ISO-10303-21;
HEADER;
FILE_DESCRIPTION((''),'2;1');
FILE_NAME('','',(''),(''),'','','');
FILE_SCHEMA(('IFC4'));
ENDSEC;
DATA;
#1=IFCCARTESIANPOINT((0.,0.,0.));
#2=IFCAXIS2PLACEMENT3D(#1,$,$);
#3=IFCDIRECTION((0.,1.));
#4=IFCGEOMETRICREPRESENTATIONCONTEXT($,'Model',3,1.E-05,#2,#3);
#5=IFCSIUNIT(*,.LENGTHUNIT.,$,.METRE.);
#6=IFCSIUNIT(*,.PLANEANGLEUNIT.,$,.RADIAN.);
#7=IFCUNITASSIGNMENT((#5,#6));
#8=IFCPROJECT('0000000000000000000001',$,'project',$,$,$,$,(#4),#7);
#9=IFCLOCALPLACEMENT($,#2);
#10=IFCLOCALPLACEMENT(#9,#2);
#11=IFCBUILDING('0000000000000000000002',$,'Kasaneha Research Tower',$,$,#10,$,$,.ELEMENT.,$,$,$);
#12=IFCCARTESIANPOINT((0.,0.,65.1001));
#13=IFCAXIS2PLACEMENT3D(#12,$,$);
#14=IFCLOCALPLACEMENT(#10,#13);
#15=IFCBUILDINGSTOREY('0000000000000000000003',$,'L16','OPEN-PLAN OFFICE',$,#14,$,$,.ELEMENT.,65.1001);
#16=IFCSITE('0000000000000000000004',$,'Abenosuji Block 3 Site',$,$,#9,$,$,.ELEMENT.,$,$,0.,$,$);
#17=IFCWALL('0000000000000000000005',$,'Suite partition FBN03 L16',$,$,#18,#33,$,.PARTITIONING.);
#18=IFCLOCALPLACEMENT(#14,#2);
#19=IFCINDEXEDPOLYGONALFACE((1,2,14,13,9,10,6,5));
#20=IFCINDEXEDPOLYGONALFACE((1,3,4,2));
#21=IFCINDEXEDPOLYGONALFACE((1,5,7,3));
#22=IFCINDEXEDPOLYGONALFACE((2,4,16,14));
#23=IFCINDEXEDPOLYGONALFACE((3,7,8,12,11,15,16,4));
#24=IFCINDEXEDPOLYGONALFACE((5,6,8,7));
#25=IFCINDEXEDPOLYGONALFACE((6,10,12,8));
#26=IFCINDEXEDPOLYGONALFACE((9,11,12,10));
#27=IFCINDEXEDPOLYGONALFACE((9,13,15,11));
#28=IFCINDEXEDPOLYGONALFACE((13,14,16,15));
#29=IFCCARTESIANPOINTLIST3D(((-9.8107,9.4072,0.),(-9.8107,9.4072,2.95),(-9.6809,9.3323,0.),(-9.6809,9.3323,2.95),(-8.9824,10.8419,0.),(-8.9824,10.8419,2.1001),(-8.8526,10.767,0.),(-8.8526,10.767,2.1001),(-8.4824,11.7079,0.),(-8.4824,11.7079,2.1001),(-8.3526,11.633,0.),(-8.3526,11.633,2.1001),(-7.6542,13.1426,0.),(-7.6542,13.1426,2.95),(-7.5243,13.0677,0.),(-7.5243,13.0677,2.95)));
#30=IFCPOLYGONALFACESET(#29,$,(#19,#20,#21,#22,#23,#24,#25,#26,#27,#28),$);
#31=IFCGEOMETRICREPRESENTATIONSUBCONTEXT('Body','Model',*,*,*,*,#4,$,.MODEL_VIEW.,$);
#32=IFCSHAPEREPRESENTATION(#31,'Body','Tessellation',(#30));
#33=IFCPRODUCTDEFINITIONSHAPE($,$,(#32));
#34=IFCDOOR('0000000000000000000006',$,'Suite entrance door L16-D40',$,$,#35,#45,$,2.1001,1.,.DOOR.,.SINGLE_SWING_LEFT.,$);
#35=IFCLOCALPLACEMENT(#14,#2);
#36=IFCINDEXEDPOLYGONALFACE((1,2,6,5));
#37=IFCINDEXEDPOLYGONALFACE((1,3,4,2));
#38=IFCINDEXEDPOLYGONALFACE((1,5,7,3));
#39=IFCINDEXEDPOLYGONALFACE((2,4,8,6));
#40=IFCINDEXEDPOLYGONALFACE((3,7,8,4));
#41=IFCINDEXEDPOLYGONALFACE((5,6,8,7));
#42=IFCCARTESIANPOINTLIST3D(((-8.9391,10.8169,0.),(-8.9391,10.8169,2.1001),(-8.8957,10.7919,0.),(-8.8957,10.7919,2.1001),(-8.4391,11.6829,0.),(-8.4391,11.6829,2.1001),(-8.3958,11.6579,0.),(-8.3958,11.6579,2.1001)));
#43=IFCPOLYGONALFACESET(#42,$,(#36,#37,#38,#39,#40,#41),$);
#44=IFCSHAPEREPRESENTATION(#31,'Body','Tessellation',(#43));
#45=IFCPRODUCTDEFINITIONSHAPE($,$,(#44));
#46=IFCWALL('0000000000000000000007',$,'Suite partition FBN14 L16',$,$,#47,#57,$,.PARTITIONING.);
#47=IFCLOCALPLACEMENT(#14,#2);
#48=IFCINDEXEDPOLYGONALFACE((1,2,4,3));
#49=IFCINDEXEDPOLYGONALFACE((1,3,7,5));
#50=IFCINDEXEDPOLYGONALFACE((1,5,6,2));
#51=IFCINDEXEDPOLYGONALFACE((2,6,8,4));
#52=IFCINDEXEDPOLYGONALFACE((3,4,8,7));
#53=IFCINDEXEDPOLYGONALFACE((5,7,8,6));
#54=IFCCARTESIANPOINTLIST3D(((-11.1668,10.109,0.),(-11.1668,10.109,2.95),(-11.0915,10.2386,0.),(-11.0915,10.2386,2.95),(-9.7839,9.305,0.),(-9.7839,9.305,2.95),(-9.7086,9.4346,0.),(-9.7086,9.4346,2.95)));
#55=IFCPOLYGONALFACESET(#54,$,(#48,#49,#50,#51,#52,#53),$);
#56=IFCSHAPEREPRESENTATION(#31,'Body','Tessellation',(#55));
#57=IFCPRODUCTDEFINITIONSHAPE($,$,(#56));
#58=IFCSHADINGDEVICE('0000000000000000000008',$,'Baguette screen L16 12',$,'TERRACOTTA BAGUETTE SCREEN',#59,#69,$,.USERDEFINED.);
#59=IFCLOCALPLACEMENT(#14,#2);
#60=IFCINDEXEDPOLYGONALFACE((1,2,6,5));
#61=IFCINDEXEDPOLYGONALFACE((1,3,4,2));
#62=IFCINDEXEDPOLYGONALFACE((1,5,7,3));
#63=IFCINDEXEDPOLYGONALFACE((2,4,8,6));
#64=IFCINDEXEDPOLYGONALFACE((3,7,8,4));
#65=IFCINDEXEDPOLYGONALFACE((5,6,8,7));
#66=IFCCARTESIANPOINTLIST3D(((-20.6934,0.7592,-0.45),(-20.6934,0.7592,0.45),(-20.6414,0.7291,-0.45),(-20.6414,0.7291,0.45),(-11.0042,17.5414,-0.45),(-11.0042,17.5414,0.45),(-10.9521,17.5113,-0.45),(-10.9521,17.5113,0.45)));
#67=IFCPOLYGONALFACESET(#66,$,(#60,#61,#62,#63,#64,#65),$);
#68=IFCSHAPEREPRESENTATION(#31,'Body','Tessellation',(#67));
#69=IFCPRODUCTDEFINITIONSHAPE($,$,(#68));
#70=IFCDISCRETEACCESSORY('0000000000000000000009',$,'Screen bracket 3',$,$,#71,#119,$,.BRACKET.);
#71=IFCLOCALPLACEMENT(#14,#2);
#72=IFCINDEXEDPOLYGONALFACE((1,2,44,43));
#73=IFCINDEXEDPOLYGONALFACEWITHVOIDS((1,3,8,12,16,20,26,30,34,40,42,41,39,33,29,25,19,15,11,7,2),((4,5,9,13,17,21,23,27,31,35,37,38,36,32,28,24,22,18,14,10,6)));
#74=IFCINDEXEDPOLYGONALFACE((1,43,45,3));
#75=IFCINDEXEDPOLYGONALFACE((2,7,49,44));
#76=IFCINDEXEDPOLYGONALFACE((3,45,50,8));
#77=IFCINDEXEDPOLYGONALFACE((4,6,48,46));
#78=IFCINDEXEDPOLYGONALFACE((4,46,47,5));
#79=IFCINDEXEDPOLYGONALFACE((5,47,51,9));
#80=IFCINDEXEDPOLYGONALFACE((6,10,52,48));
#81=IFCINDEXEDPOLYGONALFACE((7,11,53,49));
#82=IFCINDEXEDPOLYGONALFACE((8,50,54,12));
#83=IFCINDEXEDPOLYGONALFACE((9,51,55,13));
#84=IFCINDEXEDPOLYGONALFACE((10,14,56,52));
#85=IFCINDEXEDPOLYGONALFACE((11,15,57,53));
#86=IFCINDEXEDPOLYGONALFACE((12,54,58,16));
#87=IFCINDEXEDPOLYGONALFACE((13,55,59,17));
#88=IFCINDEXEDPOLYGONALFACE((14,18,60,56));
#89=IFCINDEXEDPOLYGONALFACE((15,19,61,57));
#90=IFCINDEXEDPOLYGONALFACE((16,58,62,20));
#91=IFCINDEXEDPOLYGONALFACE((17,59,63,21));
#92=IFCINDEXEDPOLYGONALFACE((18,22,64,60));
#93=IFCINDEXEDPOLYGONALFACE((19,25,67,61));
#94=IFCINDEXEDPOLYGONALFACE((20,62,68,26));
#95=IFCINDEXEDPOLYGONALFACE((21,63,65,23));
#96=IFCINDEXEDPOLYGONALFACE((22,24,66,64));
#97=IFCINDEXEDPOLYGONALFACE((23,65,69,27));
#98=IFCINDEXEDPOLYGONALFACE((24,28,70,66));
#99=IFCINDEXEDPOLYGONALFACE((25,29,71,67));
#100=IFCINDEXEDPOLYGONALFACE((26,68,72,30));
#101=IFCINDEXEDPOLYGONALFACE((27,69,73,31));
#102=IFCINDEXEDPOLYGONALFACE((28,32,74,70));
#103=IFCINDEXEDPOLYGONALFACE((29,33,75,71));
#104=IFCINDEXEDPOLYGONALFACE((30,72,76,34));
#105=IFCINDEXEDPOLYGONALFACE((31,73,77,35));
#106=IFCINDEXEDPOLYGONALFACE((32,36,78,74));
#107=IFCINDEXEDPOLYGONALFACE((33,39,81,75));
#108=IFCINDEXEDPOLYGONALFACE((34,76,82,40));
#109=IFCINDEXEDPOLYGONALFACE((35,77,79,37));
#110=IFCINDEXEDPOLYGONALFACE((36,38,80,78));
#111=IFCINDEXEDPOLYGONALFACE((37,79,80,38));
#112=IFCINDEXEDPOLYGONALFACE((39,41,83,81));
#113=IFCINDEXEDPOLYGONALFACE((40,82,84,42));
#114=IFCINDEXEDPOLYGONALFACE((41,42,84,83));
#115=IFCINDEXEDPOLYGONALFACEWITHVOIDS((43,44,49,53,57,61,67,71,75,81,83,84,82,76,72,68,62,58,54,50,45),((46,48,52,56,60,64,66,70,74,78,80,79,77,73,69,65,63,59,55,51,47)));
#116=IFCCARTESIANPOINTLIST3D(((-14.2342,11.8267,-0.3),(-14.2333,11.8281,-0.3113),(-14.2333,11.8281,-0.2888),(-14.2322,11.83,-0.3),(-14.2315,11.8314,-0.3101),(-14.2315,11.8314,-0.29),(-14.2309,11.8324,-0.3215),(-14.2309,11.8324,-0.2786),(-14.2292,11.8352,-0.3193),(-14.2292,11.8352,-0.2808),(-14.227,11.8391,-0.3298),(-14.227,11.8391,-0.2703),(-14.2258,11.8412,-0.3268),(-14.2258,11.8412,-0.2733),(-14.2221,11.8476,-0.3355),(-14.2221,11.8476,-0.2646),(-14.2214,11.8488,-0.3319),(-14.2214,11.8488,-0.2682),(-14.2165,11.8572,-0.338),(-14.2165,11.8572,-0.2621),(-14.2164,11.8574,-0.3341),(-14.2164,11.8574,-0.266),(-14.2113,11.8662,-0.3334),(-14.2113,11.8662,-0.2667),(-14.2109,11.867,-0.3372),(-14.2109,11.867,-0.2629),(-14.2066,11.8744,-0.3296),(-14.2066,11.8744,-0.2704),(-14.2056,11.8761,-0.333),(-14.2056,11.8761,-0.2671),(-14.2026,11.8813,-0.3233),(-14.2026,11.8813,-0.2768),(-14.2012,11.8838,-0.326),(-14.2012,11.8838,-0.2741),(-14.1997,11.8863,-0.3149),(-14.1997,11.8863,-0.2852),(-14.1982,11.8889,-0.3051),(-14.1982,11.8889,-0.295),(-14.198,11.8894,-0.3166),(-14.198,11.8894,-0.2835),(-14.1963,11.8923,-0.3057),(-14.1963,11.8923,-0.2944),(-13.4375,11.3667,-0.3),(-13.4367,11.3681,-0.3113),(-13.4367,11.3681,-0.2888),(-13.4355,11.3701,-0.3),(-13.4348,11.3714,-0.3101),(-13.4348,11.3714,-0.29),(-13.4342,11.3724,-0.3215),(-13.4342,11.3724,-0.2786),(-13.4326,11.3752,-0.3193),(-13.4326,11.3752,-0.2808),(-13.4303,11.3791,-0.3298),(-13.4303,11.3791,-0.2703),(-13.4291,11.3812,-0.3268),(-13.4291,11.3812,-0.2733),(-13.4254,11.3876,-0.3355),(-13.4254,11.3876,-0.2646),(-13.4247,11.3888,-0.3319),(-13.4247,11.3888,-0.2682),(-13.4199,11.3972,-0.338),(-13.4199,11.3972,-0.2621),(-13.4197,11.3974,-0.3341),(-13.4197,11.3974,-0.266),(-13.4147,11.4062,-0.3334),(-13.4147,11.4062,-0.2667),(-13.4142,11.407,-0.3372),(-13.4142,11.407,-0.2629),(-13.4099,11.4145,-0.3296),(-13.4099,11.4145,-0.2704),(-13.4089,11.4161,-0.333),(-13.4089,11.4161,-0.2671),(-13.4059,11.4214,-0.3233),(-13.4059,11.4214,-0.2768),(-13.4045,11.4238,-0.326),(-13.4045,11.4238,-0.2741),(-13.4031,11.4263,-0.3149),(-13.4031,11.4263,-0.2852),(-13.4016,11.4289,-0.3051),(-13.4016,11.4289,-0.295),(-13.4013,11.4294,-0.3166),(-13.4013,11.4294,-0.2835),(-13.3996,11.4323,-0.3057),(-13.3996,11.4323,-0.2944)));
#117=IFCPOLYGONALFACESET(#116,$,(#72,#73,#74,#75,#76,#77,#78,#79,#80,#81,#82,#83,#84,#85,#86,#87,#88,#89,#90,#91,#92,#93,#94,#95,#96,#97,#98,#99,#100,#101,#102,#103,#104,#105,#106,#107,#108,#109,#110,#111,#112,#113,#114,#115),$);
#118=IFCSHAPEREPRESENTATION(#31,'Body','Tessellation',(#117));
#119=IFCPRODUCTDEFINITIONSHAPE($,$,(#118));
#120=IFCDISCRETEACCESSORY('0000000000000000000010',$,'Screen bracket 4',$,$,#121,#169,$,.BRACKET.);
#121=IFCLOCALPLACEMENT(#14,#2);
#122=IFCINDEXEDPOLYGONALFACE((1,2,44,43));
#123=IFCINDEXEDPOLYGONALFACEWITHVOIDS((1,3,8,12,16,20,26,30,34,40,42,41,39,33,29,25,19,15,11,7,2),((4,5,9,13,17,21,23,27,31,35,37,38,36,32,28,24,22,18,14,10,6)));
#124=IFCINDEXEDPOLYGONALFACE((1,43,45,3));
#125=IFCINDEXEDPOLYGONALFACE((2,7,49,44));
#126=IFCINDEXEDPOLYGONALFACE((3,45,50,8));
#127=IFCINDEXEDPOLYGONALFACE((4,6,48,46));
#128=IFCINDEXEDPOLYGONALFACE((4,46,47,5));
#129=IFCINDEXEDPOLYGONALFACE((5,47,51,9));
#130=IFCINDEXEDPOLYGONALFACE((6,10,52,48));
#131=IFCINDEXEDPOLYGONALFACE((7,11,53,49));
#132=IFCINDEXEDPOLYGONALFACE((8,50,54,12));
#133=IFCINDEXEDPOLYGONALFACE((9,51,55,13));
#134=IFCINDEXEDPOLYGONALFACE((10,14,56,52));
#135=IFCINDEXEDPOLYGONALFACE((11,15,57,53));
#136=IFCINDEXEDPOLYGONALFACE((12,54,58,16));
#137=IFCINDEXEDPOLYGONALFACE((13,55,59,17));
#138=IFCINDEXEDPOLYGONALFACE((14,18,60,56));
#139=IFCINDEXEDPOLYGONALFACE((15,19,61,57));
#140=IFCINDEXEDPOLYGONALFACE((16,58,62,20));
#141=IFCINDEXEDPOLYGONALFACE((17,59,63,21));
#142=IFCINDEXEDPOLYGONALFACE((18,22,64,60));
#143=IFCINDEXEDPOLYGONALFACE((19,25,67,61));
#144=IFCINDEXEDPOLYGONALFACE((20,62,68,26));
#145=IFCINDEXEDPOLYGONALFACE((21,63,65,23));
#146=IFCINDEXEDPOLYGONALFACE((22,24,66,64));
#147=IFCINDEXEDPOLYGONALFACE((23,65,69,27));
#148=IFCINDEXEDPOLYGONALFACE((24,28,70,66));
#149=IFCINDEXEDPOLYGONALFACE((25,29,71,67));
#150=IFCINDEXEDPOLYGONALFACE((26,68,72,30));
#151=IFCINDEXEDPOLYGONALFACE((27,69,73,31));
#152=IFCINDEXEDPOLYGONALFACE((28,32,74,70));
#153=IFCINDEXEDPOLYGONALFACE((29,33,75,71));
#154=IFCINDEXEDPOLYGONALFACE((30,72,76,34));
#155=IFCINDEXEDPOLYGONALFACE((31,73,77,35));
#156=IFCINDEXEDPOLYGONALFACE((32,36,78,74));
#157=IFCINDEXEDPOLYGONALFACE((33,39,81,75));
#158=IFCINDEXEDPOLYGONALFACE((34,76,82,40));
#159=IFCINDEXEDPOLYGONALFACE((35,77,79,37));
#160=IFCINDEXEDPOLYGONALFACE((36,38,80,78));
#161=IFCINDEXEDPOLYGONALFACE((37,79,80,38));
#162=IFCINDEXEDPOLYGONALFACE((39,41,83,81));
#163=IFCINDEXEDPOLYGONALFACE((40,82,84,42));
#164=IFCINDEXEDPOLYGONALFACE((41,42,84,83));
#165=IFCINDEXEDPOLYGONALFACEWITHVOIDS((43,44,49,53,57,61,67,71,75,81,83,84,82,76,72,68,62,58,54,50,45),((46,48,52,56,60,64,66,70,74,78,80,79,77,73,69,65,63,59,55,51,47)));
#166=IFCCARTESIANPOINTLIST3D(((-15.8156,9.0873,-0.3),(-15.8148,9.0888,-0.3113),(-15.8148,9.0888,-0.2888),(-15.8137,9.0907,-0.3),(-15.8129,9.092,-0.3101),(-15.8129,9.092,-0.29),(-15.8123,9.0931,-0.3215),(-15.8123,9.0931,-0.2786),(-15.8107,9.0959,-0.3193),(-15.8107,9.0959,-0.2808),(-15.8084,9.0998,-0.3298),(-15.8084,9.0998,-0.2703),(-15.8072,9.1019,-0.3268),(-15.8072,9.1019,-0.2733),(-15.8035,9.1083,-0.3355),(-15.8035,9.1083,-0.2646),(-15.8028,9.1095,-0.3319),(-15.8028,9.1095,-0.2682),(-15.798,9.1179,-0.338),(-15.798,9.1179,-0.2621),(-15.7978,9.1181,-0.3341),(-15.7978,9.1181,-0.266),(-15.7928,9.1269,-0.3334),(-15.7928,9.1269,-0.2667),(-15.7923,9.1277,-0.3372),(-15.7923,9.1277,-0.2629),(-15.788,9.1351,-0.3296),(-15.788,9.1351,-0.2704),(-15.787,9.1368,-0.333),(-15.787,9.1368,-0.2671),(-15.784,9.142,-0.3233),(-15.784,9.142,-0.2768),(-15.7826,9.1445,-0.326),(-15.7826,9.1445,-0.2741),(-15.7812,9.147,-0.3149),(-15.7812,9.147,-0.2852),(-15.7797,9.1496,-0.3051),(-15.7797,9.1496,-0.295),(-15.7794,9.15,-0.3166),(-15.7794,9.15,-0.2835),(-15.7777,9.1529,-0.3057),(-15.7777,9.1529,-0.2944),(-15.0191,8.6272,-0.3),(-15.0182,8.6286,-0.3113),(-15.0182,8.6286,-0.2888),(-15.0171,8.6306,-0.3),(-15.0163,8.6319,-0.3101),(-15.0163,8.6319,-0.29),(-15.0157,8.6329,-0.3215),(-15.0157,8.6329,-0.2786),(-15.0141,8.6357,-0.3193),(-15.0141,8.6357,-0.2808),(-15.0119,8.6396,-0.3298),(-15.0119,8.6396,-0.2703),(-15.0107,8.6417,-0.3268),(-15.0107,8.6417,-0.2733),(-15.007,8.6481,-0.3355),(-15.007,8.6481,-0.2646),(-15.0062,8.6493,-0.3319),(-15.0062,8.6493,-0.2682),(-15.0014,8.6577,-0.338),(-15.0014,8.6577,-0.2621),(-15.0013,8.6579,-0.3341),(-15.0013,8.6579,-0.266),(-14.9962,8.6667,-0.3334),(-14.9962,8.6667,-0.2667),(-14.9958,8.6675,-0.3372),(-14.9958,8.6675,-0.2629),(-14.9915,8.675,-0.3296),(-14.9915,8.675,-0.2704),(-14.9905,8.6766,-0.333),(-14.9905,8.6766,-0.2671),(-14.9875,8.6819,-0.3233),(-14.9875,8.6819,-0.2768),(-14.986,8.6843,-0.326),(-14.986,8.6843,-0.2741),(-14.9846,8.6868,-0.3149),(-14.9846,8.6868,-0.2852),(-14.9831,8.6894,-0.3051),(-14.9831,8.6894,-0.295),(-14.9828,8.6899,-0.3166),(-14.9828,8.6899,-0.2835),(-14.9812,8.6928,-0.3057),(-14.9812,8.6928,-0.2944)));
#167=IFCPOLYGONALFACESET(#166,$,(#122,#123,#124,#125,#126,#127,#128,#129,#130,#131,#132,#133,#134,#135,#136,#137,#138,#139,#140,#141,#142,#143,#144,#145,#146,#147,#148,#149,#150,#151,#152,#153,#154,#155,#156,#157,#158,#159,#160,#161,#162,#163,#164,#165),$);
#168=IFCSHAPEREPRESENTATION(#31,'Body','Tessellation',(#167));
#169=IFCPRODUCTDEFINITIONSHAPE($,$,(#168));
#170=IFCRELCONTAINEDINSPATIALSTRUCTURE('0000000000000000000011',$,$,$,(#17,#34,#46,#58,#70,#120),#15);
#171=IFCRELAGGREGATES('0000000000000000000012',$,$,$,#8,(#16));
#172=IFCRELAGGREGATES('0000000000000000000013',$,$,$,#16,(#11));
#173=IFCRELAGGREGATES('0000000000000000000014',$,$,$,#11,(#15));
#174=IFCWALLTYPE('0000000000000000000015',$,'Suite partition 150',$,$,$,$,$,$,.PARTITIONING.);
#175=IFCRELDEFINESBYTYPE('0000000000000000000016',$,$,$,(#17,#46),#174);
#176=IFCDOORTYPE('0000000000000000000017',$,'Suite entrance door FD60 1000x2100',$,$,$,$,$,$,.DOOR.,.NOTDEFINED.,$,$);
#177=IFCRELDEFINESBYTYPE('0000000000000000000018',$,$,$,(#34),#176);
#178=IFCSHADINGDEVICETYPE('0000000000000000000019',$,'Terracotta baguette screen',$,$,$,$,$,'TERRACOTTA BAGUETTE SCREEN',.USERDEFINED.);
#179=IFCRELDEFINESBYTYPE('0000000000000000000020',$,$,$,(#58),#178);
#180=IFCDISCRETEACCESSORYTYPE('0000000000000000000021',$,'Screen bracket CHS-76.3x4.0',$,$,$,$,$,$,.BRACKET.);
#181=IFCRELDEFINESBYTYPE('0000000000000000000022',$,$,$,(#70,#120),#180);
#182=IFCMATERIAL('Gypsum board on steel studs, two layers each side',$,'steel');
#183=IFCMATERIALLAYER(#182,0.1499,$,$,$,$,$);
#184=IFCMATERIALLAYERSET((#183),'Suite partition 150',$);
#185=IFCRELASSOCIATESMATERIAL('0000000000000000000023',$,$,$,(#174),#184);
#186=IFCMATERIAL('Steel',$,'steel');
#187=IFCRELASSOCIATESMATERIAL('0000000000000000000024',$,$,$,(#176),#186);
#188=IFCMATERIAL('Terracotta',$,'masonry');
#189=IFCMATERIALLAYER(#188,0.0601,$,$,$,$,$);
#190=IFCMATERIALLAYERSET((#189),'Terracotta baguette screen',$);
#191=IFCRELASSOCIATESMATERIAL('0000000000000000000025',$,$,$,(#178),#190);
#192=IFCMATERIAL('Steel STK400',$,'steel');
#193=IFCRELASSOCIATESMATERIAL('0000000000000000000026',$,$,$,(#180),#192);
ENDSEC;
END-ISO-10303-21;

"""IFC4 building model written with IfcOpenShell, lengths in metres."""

from ifc_helpers import new_model, si_unit, direction, frame, frame_2d, origin, origin_2d, place, context, subcontext, project, spatial, rectangle, hollow_circle, extrude, material, layer, layer_set, material_profile, profile_set, type_object, element, fill, save


model = new_model("IFC4")

# Units and contexts
model_context = context("Model", 3, precision=1e-05, world=origin(), true_north=direction((0.0, 1.0)))
body_context = subcontext(model_context, "Body", "Model", "MODEL_VIEW")
ifc_project = project(units=[si_unit("LENGTHUNIT", "METRE"), si_unit("PLANEANGLEUNIT", "RADIAN")], contexts=[model_context])

# Site, building, storey
site_placement = place(None, origin())
site = spatial("IfcSite", under=ifc_project, at=site_placement, Name="Abenosuji Block 3 Site", CompositionType="ELEMENT", RefElevation=0.0)
building_placement = place(site_placement, origin())
building = spatial("IfcBuilding", under=site, at=building_placement, Name="Kasaneha Research Tower", CompositionType="ELEMENT")
storey_placement = place(building_placement, frame((0.0, 0.0, 65.1001)))
storey = spatial("IfcBuildingStorey", under=building, at=storey_placement, Name="L16", Description="OPEN-PLAN OFFICE", CompositionType="ELEMENT", Elevation=65.1001)

# Wall, opening, door
ifc_material_1 = material(Name="Gypsum board on steel studs, two layers each side", Category="steel")
ifc_layer_1 = layer(ifc_material_1, 0.1499)
ifc_layer_set_1 = layer_set([ifc_layer_1], Name="Suite partition 150")
wall_type_1 = type_object("IfcWallType", Name="Suite partition 150", PredefinedType="PARTITIONING", material=ifc_layer_set_1)
wall_1_placement = place(storey_placement, frame((-9.7458, 9.3696, 0.0), z_axis=(0.0, 0.0, 1.0), x_axis=(0.499981, 0.866037, 0.0)))
wall_1 = element("IfcWall", 1, at=wall_1_placement, inside=storey, type_object=wall_type_1, Name="Suite partition FBN03 L16", PredefinedType="PARTITIONING", context=body_context, shape_type="SweptSolid", body=[
    extrude(rectangle(XDim=4.3132, YDim=0.1499, at=frame_2d((2.1567, 0.0))), origin(), (0.0, 0.0, 1.0), 2.95),
])
opening_1_placement = place(wall_1_placement, frame((1.6567, 0.0, 0.0)))
opening_1 = element("IfcOpeningElement", 2, at=opening_1_placement, cuts=wall_1, PredefinedType="OPENING", context=body_context, shape_type="SweptSolid", body=[
    extrude(rectangle(XDim=1.0, YDim=2.1001, at=frame_2d((0.5, 1.05))), frame((0.0, 0.085, 0.0), z_axis=(0.0, -1.0, 0.0), x_axis=(1.0, 0.0, 0.0)), (0.0, 0.0, 1.0), 0.1699),
])
ifc_material_2 = material(Name="Steel", Category="steel")
door_type_1 = type_object("IfcDoorType", Name="Suite entrance door FD60 1000x2100", OperationType="NOTDEFINED", PredefinedType="DOOR", material=ifc_material_2)
door_1_placement = place(opening_1_placement, origin())
door_1 = element("IfcDoor", 3, at=door_1_placement, inside=storey, type_object=door_type_1, Name="Suite entrance door L16-D40", OperationType="SINGLE_SWING_LEFT", OverallHeight=2.1001, OverallWidth=1.0, PredefinedType="DOOR", context=body_context, shape_type="SweptSolid", body=[
    extrude(rectangle(XDim=1.0, YDim=2.1001, at=frame_2d((0.5, 1.05))), frame((0.0, 0.0249, 0.0), z_axis=(0.0, -1.0, 0.0), x_axis=(1.0, 0.0, 0.0)), (0.0, 0.0, 1.0), 0.05),
])
fill(opening_1, door_1)

# Wall
wall_2_placement = place(storey_placement, frame((-11.1292, 10.1738, 0.0), z_axis=(0.0, 0.0, 1.0), x_axis=(0.864509, -0.502618, 0.0)))
element("IfcWall", 4, at=wall_2_placement, inside=storey, type_object=wall_type_1, Name="Suite partition FBN14 L16", PredefinedType="PARTITIONING", context=body_context, shape_type="SweptSolid", body=[
    extrude(rectangle(XDim=1.5996, YDim=0.1499, at=frame_2d((0.7998, 0.0))), origin(), (0.0, 0.0, 1.0), 2.95),
])

# Shading device
ifc_material_3 = material(Name="Terracotta", Category="masonry")
ifc_layer_2 = layer(ifc_material_3, 0.0601)
ifc_layer_set_2 = layer_set([ifc_layer_2], Name="Terracotta baguette screen")
shading_device_type = type_object("IfcShadingDeviceType", Name="Terracotta baguette screen", ElementType="TERRACOTTA BAGUETTE SCREEN", PredefinedType="USERDEFINED", material=ifc_layer_set_2)
shading_device_placement = place(storey_placement, frame((-15.8228, 9.1353, -0.45), z_axis=(0.0, 0.0, 1.0), x_axis=(-0.5, -0.866025, 0.0)))
element("IfcShadingDevice", 5, at=shading_device_placement, inside=storey, type_object=shading_device_type, Name="Baguette screen L16 12", ObjectType="TERRACOTTA BAGUETTE SCREEN", PredefinedType="USERDEFINED", context=body_context, shape_type="SweptSolid", body=[
    extrude(rectangle(XDim=19.3784, YDim=0.0601, at=origin_2d()), origin(), (0.0, 0.0, 1.0), 0.8999),
])

# Discrete accessories
ifc_material_4 = material(Name="Steel STK400", Category="steel")
ifc_material_profile_1 = material_profile(ifc_material_4, hollow_circle(Radius=0.0381, WallThickness=0.0039, at=origin_2d()), Name="CHS-76.3x4.0")
ifc_profile_set_1 = profile_set([ifc_material_profile_1], Name="Steel STK400")
discrete_accessory_type = type_object("IfcDiscreteAccessoryType", Name="Screen bracket CHS-76.3x4.0", PredefinedType="BRACKET", material=ifc_profile_set_1)
for number, where, z_axis, x_axis, name in (
    (6, (-13.4185, 11.3997, -0.3), (-0.866013, 0.500021, 0.0), (-0.500021, -0.866013, 0.0), "Screen bracket 3"),
    (7, (-15.0, 8.6602, -0.3), (-0.865898, 0.50022, 0.0), (-0.50022, -0.865898, 0.0), "Screen bracket 4"),
):
    element("IfcDiscreteAccessory", number, at=place(storey_placement, frame(where, z_axis=z_axis, x_axis=x_axis)), inside=storey, type_object=discrete_accessory_type, Name=name, PredefinedType="BRACKET", context=body_context, shape_type="SweptSolid", body=[
        extrude(hollow_circle(Radius=0.0381, WallThickness=0.0039, at=origin_2d()), origin(), (0.0, 0.0, 1.0), 0.9199),
    ])

save(model, "model.ifc")
